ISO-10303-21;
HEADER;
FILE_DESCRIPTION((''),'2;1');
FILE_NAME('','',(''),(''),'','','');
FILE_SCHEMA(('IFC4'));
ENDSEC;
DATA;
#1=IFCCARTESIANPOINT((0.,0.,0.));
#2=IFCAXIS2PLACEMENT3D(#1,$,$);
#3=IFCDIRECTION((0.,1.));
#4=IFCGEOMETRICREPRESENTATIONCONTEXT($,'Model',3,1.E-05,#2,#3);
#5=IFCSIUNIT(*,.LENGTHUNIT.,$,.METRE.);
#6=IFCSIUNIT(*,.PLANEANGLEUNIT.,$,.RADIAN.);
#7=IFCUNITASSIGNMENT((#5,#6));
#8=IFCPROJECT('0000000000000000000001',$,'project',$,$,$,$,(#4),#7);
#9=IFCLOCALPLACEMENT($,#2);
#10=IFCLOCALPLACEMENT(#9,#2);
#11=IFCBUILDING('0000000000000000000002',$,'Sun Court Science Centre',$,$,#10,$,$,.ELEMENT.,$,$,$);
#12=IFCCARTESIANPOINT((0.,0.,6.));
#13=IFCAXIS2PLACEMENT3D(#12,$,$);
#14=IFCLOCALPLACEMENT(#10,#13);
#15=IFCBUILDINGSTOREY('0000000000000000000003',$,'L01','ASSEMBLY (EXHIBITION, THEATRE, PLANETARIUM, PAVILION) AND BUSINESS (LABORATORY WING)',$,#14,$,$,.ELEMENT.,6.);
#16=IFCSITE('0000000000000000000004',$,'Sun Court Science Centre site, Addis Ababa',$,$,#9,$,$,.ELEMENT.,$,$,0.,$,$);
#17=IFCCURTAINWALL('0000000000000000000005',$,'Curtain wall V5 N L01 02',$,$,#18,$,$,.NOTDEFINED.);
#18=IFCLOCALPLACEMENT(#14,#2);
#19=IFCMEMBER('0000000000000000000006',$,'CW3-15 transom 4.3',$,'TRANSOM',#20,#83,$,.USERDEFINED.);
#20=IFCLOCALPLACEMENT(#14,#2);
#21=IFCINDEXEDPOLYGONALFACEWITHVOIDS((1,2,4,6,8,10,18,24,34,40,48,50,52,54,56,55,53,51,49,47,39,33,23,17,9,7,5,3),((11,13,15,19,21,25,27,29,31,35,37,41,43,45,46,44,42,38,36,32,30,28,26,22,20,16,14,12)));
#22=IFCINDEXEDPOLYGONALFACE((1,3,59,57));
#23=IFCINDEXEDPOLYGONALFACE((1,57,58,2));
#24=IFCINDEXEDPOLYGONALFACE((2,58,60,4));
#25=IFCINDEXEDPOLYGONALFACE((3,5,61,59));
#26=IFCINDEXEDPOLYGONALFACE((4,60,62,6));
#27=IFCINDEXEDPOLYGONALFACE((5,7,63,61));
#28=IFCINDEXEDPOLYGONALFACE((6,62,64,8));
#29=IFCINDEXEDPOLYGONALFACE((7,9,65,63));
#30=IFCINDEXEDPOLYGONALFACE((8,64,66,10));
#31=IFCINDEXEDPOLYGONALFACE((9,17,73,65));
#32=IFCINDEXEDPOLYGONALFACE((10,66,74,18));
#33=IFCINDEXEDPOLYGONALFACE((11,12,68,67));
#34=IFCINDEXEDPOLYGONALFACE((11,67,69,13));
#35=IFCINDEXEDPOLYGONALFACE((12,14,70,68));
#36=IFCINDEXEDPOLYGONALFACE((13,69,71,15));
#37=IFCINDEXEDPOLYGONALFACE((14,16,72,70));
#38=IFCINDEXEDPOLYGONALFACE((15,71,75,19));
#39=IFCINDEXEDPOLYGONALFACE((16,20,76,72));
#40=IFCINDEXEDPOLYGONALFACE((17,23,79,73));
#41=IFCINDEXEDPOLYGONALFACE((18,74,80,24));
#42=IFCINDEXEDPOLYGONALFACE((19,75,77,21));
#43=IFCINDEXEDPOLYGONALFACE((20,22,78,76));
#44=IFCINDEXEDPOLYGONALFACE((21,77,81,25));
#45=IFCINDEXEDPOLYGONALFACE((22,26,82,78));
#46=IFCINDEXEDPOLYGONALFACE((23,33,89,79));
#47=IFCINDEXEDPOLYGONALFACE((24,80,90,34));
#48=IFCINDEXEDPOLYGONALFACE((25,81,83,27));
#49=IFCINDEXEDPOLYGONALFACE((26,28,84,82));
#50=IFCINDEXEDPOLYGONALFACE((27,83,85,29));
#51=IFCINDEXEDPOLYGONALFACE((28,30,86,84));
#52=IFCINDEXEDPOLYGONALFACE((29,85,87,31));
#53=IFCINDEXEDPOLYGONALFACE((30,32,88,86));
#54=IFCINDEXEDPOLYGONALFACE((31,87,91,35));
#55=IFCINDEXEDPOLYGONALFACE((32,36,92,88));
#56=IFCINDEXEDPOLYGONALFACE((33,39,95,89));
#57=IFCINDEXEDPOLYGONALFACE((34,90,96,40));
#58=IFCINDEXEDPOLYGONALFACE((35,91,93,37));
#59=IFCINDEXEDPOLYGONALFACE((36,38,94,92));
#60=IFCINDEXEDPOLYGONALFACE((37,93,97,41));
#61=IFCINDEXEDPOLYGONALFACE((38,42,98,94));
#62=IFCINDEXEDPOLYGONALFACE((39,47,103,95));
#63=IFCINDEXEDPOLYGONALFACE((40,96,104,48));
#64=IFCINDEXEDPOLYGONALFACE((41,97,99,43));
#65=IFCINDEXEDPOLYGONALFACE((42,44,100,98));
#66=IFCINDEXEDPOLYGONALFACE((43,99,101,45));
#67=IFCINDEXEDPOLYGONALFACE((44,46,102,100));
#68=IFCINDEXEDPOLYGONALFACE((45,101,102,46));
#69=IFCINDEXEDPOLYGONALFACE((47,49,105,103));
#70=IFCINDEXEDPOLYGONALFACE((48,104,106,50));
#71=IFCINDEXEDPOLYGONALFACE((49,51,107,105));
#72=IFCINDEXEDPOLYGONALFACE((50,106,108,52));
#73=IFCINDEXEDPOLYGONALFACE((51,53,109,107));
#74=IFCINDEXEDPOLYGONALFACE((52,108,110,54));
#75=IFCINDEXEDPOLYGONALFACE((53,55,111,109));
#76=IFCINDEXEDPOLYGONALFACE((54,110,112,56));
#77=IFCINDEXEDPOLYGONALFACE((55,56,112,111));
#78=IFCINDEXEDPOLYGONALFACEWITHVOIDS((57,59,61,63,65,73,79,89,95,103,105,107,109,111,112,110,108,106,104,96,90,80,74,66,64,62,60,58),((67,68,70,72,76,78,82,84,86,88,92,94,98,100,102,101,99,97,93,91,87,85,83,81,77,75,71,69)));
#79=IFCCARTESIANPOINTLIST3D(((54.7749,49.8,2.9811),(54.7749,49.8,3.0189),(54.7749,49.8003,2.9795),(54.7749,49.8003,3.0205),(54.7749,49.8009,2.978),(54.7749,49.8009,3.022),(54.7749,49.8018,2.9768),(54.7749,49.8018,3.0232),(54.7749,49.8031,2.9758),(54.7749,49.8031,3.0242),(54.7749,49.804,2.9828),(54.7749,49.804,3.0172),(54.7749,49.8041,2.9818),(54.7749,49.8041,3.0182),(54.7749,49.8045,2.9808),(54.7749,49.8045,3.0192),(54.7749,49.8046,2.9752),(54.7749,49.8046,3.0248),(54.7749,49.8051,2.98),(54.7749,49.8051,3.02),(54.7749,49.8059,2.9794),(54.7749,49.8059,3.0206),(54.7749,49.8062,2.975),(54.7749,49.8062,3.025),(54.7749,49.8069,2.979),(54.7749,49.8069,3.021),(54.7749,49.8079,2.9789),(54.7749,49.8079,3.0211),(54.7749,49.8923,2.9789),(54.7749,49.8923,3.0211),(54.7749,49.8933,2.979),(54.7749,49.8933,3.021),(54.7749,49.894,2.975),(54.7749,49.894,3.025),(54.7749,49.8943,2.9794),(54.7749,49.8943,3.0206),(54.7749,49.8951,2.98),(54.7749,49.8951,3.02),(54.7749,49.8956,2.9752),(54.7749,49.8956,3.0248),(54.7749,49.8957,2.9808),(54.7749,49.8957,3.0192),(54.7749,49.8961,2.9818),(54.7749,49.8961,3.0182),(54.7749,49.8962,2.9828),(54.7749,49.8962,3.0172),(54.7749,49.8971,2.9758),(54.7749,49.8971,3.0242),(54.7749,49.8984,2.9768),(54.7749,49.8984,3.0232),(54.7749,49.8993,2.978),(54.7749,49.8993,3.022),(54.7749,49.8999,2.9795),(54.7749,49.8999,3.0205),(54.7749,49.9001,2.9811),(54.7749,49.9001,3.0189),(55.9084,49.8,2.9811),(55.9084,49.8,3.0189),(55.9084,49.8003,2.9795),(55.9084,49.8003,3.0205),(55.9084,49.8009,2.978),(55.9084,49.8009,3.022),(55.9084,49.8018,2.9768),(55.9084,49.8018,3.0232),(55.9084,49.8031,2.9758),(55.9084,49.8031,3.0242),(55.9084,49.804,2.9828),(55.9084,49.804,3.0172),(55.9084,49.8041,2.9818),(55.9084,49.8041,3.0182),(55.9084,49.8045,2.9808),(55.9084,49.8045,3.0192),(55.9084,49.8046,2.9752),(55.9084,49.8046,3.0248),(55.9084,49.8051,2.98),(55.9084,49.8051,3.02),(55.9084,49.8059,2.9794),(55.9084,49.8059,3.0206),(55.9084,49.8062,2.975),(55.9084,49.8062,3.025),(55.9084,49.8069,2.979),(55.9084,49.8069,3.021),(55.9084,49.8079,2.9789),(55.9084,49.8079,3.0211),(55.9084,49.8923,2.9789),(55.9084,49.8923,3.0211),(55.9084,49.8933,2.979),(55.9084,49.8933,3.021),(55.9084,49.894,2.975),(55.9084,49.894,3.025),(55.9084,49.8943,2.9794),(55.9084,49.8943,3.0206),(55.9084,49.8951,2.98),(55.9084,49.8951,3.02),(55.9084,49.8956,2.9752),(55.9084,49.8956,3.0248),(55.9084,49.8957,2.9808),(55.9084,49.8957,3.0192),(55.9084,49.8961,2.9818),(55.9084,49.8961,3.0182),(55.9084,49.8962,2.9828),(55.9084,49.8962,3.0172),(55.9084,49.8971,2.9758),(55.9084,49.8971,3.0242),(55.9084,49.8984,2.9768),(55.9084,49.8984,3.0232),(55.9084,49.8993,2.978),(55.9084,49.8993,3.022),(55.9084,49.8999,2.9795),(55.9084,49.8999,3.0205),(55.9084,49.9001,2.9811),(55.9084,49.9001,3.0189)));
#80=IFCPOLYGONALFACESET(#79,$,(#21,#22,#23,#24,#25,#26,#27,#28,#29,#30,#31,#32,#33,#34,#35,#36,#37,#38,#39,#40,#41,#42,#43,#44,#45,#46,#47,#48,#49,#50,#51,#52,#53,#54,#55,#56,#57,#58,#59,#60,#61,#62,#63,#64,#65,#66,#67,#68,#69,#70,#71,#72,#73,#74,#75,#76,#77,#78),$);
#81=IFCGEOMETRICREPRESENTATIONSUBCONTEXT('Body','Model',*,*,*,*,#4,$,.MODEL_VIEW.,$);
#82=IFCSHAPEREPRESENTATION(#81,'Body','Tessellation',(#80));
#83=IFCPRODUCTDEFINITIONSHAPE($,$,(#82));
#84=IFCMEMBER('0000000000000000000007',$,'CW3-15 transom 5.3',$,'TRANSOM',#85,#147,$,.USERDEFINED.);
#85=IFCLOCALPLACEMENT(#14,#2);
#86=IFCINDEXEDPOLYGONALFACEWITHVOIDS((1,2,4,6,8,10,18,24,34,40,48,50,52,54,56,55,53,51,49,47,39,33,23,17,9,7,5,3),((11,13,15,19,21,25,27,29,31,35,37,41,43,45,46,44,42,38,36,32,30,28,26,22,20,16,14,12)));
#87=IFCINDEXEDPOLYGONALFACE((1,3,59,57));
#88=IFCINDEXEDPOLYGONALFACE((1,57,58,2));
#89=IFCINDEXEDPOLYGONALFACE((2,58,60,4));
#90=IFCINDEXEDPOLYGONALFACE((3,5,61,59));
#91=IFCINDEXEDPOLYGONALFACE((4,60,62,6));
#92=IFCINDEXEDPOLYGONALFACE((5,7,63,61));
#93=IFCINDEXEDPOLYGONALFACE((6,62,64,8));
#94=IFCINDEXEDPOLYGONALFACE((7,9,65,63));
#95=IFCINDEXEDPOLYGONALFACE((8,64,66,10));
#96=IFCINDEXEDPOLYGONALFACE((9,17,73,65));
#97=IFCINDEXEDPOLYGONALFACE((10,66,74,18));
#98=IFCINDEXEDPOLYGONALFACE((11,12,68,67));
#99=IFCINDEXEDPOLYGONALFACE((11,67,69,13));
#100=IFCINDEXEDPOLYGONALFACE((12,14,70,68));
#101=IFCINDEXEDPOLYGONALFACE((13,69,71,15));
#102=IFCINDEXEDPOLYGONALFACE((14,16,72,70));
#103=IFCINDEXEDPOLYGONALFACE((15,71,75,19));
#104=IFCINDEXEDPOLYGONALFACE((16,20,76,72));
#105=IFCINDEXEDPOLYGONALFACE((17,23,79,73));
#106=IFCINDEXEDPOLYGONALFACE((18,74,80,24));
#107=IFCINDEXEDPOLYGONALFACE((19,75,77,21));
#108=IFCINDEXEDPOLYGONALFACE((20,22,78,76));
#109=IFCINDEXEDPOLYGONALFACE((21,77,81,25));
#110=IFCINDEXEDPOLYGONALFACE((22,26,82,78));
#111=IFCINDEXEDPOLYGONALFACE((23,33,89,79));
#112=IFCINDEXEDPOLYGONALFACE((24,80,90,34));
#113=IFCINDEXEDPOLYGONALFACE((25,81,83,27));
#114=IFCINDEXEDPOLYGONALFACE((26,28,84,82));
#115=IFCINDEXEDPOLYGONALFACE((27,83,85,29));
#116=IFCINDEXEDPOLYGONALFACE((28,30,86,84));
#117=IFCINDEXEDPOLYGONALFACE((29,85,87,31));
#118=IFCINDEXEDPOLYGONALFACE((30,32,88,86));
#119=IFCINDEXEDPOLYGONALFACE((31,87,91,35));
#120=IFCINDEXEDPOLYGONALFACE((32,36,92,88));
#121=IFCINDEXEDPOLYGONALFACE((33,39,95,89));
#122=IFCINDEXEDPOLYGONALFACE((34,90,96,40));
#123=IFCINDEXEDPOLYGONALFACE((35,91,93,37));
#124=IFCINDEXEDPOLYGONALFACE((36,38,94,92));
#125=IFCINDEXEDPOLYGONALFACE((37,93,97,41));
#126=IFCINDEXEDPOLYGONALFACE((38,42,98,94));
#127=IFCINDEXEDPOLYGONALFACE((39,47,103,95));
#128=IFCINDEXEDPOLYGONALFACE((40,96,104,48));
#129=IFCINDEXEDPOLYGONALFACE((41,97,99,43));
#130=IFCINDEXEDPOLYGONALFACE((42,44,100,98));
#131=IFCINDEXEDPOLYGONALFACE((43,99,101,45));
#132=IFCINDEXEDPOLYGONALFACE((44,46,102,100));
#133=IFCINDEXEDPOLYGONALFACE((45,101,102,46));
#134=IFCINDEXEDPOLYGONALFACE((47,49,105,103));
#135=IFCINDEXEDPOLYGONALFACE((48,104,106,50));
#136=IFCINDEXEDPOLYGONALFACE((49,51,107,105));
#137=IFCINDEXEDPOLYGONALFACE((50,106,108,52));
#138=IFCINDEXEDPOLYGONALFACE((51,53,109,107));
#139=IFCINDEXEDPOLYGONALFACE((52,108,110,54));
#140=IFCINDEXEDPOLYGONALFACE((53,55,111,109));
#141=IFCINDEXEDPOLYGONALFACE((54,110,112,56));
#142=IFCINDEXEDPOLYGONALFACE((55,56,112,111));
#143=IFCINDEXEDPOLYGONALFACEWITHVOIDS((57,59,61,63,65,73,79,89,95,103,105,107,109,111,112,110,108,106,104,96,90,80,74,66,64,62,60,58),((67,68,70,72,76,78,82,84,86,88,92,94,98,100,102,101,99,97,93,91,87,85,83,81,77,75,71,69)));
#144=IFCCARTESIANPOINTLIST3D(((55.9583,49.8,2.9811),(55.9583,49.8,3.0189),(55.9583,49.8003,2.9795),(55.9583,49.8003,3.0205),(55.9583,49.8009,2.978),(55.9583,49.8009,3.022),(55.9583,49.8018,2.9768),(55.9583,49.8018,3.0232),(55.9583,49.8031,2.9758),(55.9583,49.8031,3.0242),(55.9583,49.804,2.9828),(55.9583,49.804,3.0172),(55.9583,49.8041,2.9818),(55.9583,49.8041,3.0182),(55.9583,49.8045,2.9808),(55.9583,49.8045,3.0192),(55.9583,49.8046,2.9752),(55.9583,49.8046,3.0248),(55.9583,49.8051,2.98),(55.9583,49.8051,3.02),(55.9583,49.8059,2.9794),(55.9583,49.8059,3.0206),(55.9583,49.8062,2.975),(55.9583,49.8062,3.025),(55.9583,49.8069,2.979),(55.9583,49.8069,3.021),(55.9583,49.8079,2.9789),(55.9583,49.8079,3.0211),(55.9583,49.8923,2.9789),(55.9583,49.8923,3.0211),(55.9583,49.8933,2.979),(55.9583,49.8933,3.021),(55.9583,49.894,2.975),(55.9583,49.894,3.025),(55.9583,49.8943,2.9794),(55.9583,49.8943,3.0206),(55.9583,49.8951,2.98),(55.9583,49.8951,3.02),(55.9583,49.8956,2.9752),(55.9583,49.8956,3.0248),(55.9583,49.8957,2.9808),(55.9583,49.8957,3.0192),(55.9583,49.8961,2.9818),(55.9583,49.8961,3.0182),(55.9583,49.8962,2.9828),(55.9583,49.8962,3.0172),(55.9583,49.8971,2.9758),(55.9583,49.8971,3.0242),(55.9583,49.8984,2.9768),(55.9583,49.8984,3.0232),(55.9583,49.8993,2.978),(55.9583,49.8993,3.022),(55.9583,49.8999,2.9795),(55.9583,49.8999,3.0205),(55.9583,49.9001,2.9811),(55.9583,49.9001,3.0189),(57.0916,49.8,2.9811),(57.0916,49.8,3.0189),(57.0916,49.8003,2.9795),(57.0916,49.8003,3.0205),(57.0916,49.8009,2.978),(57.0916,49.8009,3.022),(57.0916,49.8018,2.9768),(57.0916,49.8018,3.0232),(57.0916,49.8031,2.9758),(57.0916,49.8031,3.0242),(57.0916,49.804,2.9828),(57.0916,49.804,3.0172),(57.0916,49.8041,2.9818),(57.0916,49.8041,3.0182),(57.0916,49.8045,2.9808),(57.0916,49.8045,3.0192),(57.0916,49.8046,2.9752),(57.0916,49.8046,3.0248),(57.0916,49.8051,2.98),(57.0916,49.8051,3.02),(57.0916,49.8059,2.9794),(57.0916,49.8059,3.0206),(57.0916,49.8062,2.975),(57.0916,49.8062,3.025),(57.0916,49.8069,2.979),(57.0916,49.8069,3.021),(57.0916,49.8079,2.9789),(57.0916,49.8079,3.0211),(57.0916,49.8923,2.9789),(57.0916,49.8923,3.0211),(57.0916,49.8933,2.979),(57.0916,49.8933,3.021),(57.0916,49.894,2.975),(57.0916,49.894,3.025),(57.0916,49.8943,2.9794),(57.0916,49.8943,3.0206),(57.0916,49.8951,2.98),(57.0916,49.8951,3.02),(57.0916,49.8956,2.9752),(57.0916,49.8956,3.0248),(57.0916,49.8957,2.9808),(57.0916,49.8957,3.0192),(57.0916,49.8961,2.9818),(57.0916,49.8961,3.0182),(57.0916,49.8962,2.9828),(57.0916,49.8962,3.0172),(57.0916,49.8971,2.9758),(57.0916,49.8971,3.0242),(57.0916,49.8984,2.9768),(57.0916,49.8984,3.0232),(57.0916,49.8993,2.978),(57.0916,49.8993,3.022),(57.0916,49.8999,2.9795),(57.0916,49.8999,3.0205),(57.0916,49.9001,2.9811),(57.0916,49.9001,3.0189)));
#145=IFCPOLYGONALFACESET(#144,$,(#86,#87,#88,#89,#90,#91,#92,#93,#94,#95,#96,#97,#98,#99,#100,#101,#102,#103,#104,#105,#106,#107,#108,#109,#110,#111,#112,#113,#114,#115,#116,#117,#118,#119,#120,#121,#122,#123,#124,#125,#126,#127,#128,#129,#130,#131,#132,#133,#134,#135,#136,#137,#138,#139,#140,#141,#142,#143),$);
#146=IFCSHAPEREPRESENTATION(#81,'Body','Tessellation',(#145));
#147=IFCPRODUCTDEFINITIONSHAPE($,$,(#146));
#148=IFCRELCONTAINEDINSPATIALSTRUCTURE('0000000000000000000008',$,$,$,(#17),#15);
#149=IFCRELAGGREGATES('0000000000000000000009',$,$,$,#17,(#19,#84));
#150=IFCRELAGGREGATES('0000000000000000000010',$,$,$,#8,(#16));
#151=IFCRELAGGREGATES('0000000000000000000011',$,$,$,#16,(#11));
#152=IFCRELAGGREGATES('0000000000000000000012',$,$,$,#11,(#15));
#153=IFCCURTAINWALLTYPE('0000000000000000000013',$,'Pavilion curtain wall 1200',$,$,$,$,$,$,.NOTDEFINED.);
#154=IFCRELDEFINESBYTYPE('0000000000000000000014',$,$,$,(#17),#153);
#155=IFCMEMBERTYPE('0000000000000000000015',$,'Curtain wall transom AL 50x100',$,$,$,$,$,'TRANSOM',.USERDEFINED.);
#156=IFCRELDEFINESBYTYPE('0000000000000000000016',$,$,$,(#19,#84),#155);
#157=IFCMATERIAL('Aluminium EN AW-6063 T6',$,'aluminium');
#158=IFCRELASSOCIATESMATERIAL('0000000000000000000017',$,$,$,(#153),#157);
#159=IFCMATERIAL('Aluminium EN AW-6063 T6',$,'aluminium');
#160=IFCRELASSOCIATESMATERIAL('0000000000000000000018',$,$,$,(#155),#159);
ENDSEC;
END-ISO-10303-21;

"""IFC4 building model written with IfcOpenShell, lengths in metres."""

from ifc_helpers import new_model, si_unit, direction, frame, origin, origin_2d, place, context, subcontext, project, spatial, hollow_rectangle, extrude, material, material_profile, profile_set, type_object, element, aggregate, save


model = new_model("IFC4")

# Units and contexts
model_context = context("Model", 3, precision=1e-05, world=origin(), true_north=direction((0.0, 1.0)))
body_context = subcontext(model_context, "Body", "Model", "MODEL_VIEW")
ifc_project = project(units=[si_unit("LENGTHUNIT", "METRE"), si_unit("PLANEANGLEUNIT", "RADIAN")], contexts=[model_context])

# Site, building, storey
site_placement = place(None, origin())
site = spatial("IfcSite", under=ifc_project, at=site_placement, Name="Sun Court Science Centre site, Addis Ababa", CompositionType="ELEMENT", RefElevation=0.0)
building_placement = place(site_placement, origin())
building = spatial("IfcBuilding", under=site, at=building_placement, Name="Sun Court Science Centre", CompositionType="ELEMENT")
storey_placement = place(building_placement, frame((0.0, 0.0, 6.0)))
storey = spatial("IfcBuildingStorey", under=building, at=storey_placement, Name="L01", Description="ASSEMBLY (EXHIBITION, THEATRE, PLANETARIUM, PAVILION) AND BUSINESS (LABORATORY WING)", CompositionType="ELEMENT", Elevation=6.0)

# Curtain wall
ifc_material_1 = material(Name="Aluminium EN AW-6063 T6", Category="aluminium")
curtain_wall_type = type_object("IfcCurtainWallType", Name="Pavilion curtain wall 1200", PredefinedType="NOTDEFINED", material=ifc_material_1)
curtain_wall_1_placement = place(storey_placement, origin())
curtain_wall_1 = element("IfcCurtainWall", 1, at=curtain_wall_1_placement, inside=storey, type_object=curtain_wall_type, Name="Curtain wall V5 N L01 02", PredefinedType="NOTDEFINED")

# Members
ifc_material_2 = material(Name="Aluminium EN AW-6063 T6", Category="aluminium")
ifc_material_profile_1 = material_profile(ifc_material_2, hollow_rectangle(XDim=0.05, YDim=0.1001, WallThickness=0.0039, InnerFilletRadius=0.0039, OuterFilletRadius=0.0061, at=origin_2d()), Name="AL 50x100x4")
ifc_profile_set_1 = profile_set([ifc_material_profile_1], Name="Aluminium EN AW-6063 T6")
member_type_1 = type_object("IfcMemberType", Name="Curtain wall transom AL 50x100", ElementType="TRANSOM", PredefinedType="USERDEFINED", material=ifc_profile_set_1)
member_1_placement = place(storey_placement, frame((54.7749, 49.8501, 3.0), z_axis=(1.0, 0.0, 0.0), x_axis=(0.0, 0.0, 1.0)))
member_1 = element("IfcMember", 2, at=member_1_placement, type_object=member_type_1, Name="CW3-15 transom 4.3", ObjectType="TRANSOM", PredefinedType="USERDEFINED", context=body_context, shape_type="SweptSolid", body=[
    extrude(hollow_rectangle(XDim=0.05, YDim=0.1001, WallThickness=0.0039, InnerFilletRadius=0.0039, OuterFilletRadius=0.0061, at=origin_2d()), origin(), (0.0, 0.0, 1.0), 1.1335),
])
member_2_placement = place(storey_placement, frame((55.9583, 49.8501, 3.0), z_axis=(1.0, 0.0, 0.0), x_axis=(0.0, 0.0, 1.0)))
member_2 = element("IfcMember", 3, at=member_2_placement, type_object=member_type_1, Name="CW3-15 transom 5.3", ObjectType="TRANSOM", PredefinedType="USERDEFINED", context=body_context, shape_type="SweptSolid", body=[
    extrude(hollow_rectangle(XDim=0.05, YDim=0.1001, WallThickness=0.0039, InnerFilletRadius=0.0039, OuterFilletRadius=0.0061, at=origin_2d()), origin(), (0.0, 0.0, 1.0), 1.1333),
])

aggregate(curtain_wall_1, [member_1, member_2])

save(model, "model.ifc")
